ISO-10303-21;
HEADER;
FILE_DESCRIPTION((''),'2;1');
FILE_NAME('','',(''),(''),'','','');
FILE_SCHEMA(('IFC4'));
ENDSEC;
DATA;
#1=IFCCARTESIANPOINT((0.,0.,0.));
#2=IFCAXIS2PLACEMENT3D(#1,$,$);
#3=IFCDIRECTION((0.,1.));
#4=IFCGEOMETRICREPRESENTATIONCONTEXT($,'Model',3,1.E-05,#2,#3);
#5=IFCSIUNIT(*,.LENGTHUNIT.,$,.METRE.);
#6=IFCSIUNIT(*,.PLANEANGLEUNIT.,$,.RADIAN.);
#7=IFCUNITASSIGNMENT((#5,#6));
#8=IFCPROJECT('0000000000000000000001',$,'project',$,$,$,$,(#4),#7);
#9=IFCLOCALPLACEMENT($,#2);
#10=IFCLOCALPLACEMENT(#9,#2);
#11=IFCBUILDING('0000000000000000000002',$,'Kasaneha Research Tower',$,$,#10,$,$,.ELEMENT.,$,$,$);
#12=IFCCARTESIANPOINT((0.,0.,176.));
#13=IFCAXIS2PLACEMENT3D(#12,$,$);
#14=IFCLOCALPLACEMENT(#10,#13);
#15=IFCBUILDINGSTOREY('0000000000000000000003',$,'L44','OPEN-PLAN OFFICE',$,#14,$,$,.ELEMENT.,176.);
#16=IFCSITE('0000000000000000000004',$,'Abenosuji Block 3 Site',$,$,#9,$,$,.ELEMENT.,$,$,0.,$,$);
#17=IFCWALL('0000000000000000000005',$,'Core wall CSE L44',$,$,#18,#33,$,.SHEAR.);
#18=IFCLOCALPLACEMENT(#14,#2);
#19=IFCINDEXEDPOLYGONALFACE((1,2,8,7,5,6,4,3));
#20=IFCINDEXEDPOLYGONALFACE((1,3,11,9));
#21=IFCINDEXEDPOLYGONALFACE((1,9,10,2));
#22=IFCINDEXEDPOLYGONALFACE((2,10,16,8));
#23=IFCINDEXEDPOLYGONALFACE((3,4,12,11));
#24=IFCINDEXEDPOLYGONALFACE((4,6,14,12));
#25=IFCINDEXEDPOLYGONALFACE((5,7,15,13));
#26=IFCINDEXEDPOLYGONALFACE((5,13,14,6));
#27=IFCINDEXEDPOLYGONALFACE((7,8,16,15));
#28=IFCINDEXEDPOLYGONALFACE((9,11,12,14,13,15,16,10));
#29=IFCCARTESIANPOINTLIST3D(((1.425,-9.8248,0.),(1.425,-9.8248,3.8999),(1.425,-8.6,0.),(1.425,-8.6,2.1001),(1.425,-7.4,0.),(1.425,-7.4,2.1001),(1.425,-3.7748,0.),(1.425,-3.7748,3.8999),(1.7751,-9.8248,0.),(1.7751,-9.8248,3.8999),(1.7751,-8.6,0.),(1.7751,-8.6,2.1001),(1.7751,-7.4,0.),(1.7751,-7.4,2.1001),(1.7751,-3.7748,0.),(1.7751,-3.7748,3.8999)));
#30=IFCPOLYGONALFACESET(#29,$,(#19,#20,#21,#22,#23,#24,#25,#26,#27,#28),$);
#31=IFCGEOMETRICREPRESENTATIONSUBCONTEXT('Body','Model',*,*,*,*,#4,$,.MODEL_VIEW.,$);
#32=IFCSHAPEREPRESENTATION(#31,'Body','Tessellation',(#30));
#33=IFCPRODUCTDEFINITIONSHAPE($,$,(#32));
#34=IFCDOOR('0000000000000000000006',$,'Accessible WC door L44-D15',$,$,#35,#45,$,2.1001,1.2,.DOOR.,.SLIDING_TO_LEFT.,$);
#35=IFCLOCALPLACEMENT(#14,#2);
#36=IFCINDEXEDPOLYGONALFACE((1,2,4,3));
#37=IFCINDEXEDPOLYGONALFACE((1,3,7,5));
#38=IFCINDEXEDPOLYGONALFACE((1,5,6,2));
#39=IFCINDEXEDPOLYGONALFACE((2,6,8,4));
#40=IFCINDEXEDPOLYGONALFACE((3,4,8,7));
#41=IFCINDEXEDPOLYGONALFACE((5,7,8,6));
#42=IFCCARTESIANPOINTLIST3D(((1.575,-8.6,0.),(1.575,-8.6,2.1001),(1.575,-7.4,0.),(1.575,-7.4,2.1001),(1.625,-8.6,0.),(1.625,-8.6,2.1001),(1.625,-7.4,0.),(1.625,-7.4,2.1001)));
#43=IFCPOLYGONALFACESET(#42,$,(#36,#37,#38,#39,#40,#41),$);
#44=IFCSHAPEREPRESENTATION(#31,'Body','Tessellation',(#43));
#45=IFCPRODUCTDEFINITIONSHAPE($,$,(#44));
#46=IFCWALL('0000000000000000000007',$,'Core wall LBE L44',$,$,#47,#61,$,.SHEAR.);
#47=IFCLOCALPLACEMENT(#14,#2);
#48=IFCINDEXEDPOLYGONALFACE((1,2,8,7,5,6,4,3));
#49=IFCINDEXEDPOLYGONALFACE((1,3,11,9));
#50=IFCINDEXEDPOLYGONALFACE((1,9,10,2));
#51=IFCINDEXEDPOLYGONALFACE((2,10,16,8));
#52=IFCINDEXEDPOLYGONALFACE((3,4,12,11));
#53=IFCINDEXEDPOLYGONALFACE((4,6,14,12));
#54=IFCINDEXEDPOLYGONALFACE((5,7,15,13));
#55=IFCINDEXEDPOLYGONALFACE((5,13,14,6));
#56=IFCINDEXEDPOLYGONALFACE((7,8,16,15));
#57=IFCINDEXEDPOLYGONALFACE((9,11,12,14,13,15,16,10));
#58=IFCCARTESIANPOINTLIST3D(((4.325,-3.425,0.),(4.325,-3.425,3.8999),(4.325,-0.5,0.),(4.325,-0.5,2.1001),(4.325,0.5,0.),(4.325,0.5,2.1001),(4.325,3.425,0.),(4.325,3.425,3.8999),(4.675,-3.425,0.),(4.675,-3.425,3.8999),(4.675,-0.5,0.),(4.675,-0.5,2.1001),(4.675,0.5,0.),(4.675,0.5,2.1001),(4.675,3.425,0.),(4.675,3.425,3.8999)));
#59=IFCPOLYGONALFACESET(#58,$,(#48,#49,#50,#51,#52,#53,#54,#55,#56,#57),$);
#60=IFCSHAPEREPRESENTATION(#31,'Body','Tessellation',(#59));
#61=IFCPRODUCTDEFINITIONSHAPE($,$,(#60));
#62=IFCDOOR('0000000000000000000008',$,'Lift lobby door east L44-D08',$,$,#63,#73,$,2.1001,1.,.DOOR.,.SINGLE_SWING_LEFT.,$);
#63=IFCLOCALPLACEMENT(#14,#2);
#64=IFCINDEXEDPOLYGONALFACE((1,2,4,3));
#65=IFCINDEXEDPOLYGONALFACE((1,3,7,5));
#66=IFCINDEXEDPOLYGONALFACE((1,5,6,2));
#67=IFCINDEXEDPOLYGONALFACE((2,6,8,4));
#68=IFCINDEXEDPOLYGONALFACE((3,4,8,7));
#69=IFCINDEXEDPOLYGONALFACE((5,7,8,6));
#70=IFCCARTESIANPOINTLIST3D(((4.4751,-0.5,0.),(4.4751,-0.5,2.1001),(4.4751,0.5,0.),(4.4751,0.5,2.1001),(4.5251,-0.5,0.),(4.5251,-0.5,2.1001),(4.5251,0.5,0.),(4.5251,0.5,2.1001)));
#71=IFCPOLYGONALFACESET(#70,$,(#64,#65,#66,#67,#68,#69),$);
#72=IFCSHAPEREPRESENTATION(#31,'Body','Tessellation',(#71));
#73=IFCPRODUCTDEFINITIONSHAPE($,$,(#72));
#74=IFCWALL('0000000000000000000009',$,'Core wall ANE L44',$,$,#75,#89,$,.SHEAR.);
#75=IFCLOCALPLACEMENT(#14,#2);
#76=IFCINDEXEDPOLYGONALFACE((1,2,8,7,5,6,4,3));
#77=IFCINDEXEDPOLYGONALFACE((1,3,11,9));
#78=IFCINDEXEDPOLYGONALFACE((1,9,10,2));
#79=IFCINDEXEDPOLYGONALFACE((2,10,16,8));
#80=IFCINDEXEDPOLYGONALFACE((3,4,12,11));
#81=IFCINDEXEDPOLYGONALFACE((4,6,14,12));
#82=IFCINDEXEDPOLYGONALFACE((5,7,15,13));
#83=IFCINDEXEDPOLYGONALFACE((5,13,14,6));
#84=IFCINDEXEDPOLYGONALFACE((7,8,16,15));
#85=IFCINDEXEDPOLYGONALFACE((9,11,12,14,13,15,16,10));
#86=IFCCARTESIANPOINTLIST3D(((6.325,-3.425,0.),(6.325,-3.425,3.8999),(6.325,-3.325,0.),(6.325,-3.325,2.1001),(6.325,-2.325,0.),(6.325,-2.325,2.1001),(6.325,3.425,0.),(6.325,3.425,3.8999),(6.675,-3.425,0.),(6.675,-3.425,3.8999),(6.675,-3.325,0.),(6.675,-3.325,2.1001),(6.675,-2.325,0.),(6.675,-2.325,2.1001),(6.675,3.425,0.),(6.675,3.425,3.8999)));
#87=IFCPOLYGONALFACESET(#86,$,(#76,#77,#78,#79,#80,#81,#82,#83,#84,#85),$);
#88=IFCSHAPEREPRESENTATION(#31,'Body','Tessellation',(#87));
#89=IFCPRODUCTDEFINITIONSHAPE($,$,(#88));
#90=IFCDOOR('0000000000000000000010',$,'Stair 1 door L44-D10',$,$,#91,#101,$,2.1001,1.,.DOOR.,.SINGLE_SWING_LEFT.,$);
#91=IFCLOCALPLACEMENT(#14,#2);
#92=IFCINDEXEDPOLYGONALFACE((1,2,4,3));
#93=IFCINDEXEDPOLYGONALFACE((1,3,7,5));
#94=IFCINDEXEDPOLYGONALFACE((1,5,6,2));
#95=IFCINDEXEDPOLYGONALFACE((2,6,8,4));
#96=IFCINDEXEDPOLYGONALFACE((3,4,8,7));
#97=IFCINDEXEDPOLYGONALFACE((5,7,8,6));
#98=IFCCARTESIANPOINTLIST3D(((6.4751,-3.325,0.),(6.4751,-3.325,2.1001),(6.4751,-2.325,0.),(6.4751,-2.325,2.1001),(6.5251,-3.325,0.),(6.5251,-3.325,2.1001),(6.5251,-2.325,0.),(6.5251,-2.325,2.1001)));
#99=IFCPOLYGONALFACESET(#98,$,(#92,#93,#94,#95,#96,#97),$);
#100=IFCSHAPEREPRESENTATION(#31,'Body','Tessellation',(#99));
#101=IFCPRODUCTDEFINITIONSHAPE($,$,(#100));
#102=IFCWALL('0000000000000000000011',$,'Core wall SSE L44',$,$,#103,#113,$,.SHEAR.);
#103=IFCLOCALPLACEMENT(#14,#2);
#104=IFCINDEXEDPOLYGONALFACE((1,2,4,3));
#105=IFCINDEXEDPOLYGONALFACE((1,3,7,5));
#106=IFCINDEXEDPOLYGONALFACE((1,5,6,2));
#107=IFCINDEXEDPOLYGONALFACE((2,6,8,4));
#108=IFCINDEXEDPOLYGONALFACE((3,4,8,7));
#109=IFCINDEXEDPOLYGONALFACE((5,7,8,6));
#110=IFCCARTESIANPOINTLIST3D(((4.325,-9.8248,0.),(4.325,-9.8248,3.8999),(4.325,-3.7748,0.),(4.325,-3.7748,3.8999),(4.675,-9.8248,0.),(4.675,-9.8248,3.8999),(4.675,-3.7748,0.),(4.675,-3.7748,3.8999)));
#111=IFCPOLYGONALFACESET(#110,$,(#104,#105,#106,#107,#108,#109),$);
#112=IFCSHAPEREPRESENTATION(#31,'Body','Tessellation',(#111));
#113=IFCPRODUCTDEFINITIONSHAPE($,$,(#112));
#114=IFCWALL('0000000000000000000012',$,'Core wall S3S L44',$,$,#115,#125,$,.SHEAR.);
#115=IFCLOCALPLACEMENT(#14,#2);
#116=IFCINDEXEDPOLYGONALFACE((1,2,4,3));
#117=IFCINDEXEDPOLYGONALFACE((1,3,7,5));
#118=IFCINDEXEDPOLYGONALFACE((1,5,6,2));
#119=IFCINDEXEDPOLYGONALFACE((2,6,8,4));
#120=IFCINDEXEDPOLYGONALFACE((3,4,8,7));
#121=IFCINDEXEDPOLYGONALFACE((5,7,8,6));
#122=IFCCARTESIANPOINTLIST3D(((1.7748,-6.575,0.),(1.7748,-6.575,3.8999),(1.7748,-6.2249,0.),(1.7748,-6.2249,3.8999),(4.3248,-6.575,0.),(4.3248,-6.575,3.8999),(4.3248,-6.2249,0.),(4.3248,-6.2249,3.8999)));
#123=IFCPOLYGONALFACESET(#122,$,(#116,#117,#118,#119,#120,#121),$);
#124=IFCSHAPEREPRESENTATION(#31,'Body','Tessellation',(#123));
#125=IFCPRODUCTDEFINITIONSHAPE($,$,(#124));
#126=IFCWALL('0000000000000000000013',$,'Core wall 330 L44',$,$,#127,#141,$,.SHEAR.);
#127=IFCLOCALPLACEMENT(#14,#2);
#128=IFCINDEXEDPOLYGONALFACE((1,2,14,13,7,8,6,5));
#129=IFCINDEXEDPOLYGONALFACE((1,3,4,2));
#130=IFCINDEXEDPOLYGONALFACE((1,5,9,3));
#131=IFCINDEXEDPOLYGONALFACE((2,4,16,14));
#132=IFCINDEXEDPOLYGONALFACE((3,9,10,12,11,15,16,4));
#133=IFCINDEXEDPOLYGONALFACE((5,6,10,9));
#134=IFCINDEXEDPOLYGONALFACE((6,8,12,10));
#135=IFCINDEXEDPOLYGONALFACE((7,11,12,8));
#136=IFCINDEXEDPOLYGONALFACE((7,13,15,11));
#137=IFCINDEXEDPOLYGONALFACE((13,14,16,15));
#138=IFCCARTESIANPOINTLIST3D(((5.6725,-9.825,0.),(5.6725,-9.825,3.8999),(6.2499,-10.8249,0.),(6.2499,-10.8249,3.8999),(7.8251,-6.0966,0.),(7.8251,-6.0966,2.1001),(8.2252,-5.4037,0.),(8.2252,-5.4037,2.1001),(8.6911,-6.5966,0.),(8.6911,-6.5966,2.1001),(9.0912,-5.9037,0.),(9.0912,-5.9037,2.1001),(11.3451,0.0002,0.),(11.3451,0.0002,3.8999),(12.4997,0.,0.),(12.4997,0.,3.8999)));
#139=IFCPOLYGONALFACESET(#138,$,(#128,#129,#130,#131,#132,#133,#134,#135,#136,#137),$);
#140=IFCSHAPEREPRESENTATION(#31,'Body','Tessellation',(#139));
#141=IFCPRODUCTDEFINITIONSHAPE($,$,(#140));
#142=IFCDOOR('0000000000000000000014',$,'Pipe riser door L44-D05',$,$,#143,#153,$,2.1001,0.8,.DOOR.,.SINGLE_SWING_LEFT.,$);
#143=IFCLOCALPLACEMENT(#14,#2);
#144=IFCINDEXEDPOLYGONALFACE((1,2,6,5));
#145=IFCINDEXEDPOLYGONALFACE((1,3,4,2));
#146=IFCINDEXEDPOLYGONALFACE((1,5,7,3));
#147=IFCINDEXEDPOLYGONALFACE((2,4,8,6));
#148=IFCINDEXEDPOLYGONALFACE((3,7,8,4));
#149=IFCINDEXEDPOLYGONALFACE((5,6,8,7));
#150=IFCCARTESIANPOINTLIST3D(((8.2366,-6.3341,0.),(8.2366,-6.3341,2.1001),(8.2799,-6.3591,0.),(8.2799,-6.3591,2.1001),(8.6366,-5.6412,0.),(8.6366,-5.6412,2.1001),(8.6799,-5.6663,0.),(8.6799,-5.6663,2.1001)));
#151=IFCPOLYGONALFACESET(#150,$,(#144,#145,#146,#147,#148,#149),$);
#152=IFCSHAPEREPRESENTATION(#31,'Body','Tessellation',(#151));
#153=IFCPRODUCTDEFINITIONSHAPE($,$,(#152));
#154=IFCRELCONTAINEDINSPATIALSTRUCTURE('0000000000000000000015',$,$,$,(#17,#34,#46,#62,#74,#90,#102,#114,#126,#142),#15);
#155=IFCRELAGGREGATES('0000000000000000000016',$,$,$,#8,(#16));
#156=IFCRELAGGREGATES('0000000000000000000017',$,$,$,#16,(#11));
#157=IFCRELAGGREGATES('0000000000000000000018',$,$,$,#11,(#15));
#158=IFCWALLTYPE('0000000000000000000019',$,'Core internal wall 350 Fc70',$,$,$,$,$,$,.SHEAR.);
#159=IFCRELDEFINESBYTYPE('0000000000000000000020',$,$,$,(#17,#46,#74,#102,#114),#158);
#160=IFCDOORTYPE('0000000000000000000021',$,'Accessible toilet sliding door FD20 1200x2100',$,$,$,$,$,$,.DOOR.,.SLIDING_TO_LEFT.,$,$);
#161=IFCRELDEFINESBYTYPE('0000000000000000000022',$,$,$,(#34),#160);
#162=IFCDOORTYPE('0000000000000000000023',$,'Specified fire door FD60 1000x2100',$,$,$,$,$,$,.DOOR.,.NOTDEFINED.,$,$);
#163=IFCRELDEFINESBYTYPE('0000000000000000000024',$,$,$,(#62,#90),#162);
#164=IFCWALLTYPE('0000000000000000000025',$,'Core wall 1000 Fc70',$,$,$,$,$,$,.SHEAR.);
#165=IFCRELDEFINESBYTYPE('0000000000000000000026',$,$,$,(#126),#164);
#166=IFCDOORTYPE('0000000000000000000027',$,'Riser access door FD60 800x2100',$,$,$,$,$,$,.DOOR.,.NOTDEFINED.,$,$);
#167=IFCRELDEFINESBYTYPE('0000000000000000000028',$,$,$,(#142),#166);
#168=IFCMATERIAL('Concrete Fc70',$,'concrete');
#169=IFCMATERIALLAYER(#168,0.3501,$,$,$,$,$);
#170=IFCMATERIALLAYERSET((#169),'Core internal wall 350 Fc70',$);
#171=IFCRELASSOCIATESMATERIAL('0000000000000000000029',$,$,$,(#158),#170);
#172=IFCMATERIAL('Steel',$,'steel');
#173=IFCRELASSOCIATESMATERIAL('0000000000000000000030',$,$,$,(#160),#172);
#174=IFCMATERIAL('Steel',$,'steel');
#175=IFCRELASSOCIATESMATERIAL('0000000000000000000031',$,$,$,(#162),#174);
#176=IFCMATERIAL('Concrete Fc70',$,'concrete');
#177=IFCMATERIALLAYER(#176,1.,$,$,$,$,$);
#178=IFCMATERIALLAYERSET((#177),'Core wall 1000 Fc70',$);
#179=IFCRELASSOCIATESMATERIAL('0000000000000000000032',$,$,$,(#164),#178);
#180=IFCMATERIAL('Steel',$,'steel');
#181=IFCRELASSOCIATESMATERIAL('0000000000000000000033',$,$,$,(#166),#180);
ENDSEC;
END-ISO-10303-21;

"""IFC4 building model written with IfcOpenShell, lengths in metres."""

from ifc_helpers import new_model, si_unit, direction, frame, frame_2d, origin, place, context, subcontext, project, spatial, polyline, rectangle, outline, extrude, material, layer, layer_set, type_object, element, fill, save


model = new_model("IFC4")

# Units and contexts
model_context = context("Model", 3, precision=1e-05, world=origin(), true_north=direction((0.0, 1.0)))
body_context = subcontext(model_context, "Body", "Model", "MODEL_VIEW")
ifc_project = project(units=[si_unit("LENGTHUNIT", "METRE"), si_unit("PLANEANGLEUNIT", "RADIAN")], contexts=[model_context])

# Site, building, storey
site_placement = place(None, origin())
site = spatial("IfcSite", under=ifc_project, at=site_placement, Name="Abenosuji Block 3 Site", CompositionType="ELEMENT", RefElevation=0.0)
building_placement = place(site_placement, origin())
building = spatial("IfcBuilding", under=site, at=building_placement, Name="Kasaneha Research Tower", CompositionType="ELEMENT")
storey_placement = place(building_placement, frame((0.0, 0.0, 176.0)))
storey = spatial("IfcBuildingStorey", under=building, at=storey_placement, Name="L44", Description="OPEN-PLAN OFFICE", CompositionType="ELEMENT", Elevation=176.0)

# Walls, openings, doors
ifc_material_1 = material(Name="Concrete Fc70", Category="concrete")
ifc_layer_1 = layer(ifc_material_1, 0.3501)
ifc_layer_set_1 = layer_set([ifc_layer_1], Name="Core internal wall 350 Fc70")
wall_type_1 = type_object("IfcWallType", Name="Core internal wall 350 Fc70", PredefinedType="SHEAR", material=ifc_layer_set_1)
wall_1_placement = place(storey_placement, frame((1.6001, -3.7749, 0.0), z_axis=(0.0, 0.0, 1.0), x_axis=(0.0, -1.0, 0.0)))
wall_1 = element("IfcWall", 1, at=wall_1_placement, inside=storey, type_object=wall_type_1, Name="Core wall CSE L44", PredefinedType="SHEAR", context=body_context, shape_type="SweptSolid", body=[
    extrude(rectangle(XDim=6.05, YDim=0.3501, at=frame_2d((3.0249, 0.0))), origin(), (0.0, 0.0, 1.0), 3.8999),
])
opening_1_placement = place(wall_1_placement, frame((3.625, 0.0, 0.0)))
opening_1 = element("IfcOpeningElement", 2, at=opening_1_placement, cuts=wall_1, PredefinedType="OPENING", context=body_context, shape_type="SweptSolid", body=[
    extrude(rectangle(XDim=1.2, YDim=2.1001, at=frame_2d((0.6001, 1.05))), frame((0.0, 0.1851, 0.0), z_axis=(0.0, -1.0, 0.0), x_axis=(1.0, 0.0, 0.0)), (0.0, 0.0, 1.0), 0.3701),
])
ifc_material_2 = material(Name="Steel", Category="steel")
door_type_1 = type_object("IfcDoorType", Name="Accessible toilet sliding door FD20 1200x2100", OperationType="SLIDING_TO_LEFT", PredefinedType="DOOR", material=ifc_material_2)
door_1_placement = place(opening_1_placement, origin())
door_1 = element("IfcDoor", 3, at=door_1_placement, inside=storey, type_object=door_type_1, Name="Accessible WC door L44-D15", OperationType="SLIDING_TO_LEFT", OverallHeight=2.1001, OverallWidth=1.2, PredefinedType="DOOR", context=body_context, shape_type="SweptSolid", body=[
    extrude(rectangle(XDim=1.2, YDim=2.1001, at=frame_2d((0.6001, 1.05))), frame((0.0, 0.0249, 0.0), z_axis=(0.0, -1.0, 0.0), x_axis=(1.0, 0.0, 0.0)), (0.0, 0.0, 1.0), 0.05),
])
fill(opening_1, door_1)
wall_2_placement = place(storey_placement, frame((4.5, -3.425, 0.0), z_axis=(0.0, 0.0, 1.0), x_axis=(0.0, 1.0, 0.0)))
wall_2 = element("IfcWall", 4, at=wall_2_placement, inside=storey, type_object=wall_type_1, Name="Core wall LBE L44", PredefinedType="SHEAR", context=body_context, shape_type="SweptSolid", body=[
    extrude(rectangle(XDim=6.8501, YDim=0.3501, at=frame_2d((3.425, 0.0))), origin(), (0.0, 0.0, 1.0), 3.8999),
])
opening_2_placement = place(wall_2_placement, frame((2.925, 0.0, 0.0)))
opening_2 = element("IfcOpeningElement", 5, at=opening_2_placement, cuts=wall_2, PredefinedType="OPENING", context=body_context, shape_type="SweptSolid", body=[
    extrude(rectangle(XDim=1.0, YDim=2.1001, at=frame_2d((0.5, 1.05))), frame((0.0, 0.1851, 0.0), z_axis=(0.0, -1.0, 0.0), x_axis=(1.0, 0.0, 0.0)), (0.0, 0.0, 1.0), 0.3701),
])
ifc_material_3 = material(Name="Steel", Category="steel")
door_type_2 = type_object("IfcDoorType", Name="Specified fire door FD60 1000x2100", OperationType="NOTDEFINED", PredefinedType="DOOR", material=ifc_material_3)
door_2_placement = place(opening_2_placement, origin())
door_2 = element("IfcDoor", 6, at=door_2_placement, inside=storey, type_object=door_type_2, Name="Lift lobby door east L44-D08", OperationType="SINGLE_SWING_LEFT", OverallHeight=2.1001, OverallWidth=1.0, PredefinedType="DOOR", context=body_context, shape_type="SweptSolid", body=[
    extrude(rectangle(XDim=1.0, YDim=2.1001, at=frame_2d((0.5, 1.05))), frame((0.0, 0.0249, 0.0), z_axis=(0.0, -1.0, 0.0), x_axis=(1.0, 0.0, 0.0)), (0.0, 0.0, 1.0), 0.05),
])
fill(opening_2, door_2)
wall_3_placement = place(storey_placement, frame((6.5, -3.425, 0.0), z_axis=(0.0, 0.0, 1.0), x_axis=(0.0, 1.0, 0.0)))
wall_3 = element("IfcWall", 7, at=wall_3_placement, inside=storey, type_object=wall_type_1, Name="Core wall ANE L44", PredefinedType="SHEAR", context=body_context, shape_type="SweptSolid", body=[
    extrude(rectangle(XDim=6.8501, YDim=0.3501, at=frame_2d((3.425, 0.0))), origin(), (0.0, 0.0, 1.0), 3.8999),
])
opening_3_placement = place(wall_3_placement, frame((0.1001, 0.0, 0.0)))
opening_3 = element("IfcOpeningElement", 8, at=opening_3_placement, cuts=wall_3, PredefinedType="OPENING", context=body_context, shape_type="SweptSolid", body=[
    extrude(rectangle(XDim=1.0, YDim=2.1001, at=frame_2d((0.5, 1.05))), frame((0.0, 0.1851, 0.0), z_axis=(0.0, -1.0, 0.0), x_axis=(1.0, 0.0, 0.0)), (0.0, 0.0, 1.0), 0.3701),
])
door_3_placement = place(opening_3_placement, origin())
door_3 = element("IfcDoor", 9, at=door_3_placement, inside=storey, type_object=door_type_2, Name="Stair 1 door L44-D10", OperationType="SINGLE_SWING_LEFT", OverallHeight=2.1001, OverallWidth=1.0, PredefinedType="DOOR", context=body_context, shape_type="SweptSolid", body=[
    extrude(rectangle(XDim=1.0, YDim=2.1001, at=frame_2d((0.5, 1.05))), frame((0.0, 0.0249, 0.0), z_axis=(0.0, -1.0, 0.0), x_axis=(1.0, 0.0, 0.0)), (0.0, 0.0, 1.0), 0.05),
])
fill(opening_3, door_3)

# Walls
wall_4_placement = place(storey_placement, frame((4.5, -3.7749, 0.0), z_axis=(0.0, 0.0, 1.0), x_axis=(0.0, -1.0, 0.0)))
element("IfcWall", 10, at=wall_4_placement, inside=storey, type_object=wall_type_1, Name="Core wall SSE L44", PredefinedType="SHEAR", context=body_context, shape_type="SweptSolid", body=[
    extrude(rectangle(XDim=6.05, YDim=0.3501, at=frame_2d((3.0249, 0.0))), origin(), (0.0, 0.0, 1.0), 3.8999),
])
wall_5_placement = place(storey_placement, frame((1.7749, -6.3999, 0.0), z_axis=(0.0, 0.0, 1.0), x_axis=(1.0, 0.0, 0.0)))
element("IfcWall", 11, at=wall_5_placement, inside=storey, type_object=wall_type_1, Name="Core wall S3S L44", PredefinedType="SHEAR", context=body_context, shape_type="SweptSolid", body=[
    extrude(rectangle(XDim=2.55, YDim=0.3501, at=frame_2d((1.2749, 0.0))), origin(), (0.0, 0.0, 1.0), 3.8999),
])

# Wall, opening, door
ifc_material_4 = material(Name="Concrete Fc70", Category="concrete")
ifc_layer_2 = layer(ifc_material_4, 1.0)
ifc_layer_set_2 = layer_set([ifc_layer_2], Name="Core wall 1000 Fc70")
wall_type_2 = type_object("IfcWallType", Name="Core wall 1000 Fc70", PredefinedType="SHEAR", material=ifc_layer_set_2)
wall_6_placement = place(storey_placement, frame((5.9612, -10.325, 0.0), z_axis=(0.0, 0.0, 1.0), x_axis=(0.500004, 0.866023, 0.0)))
wall_6 = element("IfcWall", 12, at=wall_6_placement, inside=storey, type_object=wall_type_2, Name="Core wall 330 L44", PredefinedType="SHEAR", context=body_context, shape_type="SweptSolid", body=[
    extrude(outline(polyline([(-0.2886, -0.5), (4.594, -0.5), (5.394, -0.5), (12.2109, -0.5), (11.6338, 0.5), (5.394, 0.5), (4.594, 0.5), (0.2886, 0.5), (-0.2886, -0.5)])), origin(), (0.0, 0.0, 1.0), 3.8999),
])
opening_4_placement = place(wall_6_placement, frame((4.594, 0.0, 0.0)))
opening_4 = element("IfcOpeningElement", 13, at=opening_4_placement, cuts=wall_6, PredefinedType="OPENING", context=body_context, shape_type="SweptSolid", body=[
    extrude(rectangle(XDim=0.8, YDim=2.1001, at=frame_2d((0.3999, 1.05))), frame((0.0, 0.51, 0.0), z_axis=(0.0, -1.0, 0.0), x_axis=(1.0, 0.0, 0.0)), (0.0, 0.0, 1.0), 1.02),
])
ifc_material_5 = material(Name="Steel", Category="steel")
door_type_3 = type_object("IfcDoorType", Name="Riser access door FD60 800x2100", OperationType="NOTDEFINED", PredefinedType="DOOR", material=ifc_material_5)
door_4_placement = place(opening_4_placement, origin())
door_4 = element("IfcDoor", 14, at=door_4_placement, inside=storey, type_object=door_type_3, Name="Pipe riser door L44-D05", OperationType="SINGLE_SWING_LEFT", OverallHeight=2.1001, OverallWidth=0.8, PredefinedType="DOOR", context=body_context, shape_type="SweptSolid", body=[
    extrude(rectangle(XDim=0.8, YDim=2.1001, at=frame_2d((0.3999, 1.05))), frame((0.0, 0.0249, 0.0), z_axis=(0.0, -1.0, 0.0), x_axis=(1.0, 0.0, 0.0)), (0.0, 0.0, 1.0), 0.05),
])
fill(opening_4, door_4)

save(model, "model.ifc")
